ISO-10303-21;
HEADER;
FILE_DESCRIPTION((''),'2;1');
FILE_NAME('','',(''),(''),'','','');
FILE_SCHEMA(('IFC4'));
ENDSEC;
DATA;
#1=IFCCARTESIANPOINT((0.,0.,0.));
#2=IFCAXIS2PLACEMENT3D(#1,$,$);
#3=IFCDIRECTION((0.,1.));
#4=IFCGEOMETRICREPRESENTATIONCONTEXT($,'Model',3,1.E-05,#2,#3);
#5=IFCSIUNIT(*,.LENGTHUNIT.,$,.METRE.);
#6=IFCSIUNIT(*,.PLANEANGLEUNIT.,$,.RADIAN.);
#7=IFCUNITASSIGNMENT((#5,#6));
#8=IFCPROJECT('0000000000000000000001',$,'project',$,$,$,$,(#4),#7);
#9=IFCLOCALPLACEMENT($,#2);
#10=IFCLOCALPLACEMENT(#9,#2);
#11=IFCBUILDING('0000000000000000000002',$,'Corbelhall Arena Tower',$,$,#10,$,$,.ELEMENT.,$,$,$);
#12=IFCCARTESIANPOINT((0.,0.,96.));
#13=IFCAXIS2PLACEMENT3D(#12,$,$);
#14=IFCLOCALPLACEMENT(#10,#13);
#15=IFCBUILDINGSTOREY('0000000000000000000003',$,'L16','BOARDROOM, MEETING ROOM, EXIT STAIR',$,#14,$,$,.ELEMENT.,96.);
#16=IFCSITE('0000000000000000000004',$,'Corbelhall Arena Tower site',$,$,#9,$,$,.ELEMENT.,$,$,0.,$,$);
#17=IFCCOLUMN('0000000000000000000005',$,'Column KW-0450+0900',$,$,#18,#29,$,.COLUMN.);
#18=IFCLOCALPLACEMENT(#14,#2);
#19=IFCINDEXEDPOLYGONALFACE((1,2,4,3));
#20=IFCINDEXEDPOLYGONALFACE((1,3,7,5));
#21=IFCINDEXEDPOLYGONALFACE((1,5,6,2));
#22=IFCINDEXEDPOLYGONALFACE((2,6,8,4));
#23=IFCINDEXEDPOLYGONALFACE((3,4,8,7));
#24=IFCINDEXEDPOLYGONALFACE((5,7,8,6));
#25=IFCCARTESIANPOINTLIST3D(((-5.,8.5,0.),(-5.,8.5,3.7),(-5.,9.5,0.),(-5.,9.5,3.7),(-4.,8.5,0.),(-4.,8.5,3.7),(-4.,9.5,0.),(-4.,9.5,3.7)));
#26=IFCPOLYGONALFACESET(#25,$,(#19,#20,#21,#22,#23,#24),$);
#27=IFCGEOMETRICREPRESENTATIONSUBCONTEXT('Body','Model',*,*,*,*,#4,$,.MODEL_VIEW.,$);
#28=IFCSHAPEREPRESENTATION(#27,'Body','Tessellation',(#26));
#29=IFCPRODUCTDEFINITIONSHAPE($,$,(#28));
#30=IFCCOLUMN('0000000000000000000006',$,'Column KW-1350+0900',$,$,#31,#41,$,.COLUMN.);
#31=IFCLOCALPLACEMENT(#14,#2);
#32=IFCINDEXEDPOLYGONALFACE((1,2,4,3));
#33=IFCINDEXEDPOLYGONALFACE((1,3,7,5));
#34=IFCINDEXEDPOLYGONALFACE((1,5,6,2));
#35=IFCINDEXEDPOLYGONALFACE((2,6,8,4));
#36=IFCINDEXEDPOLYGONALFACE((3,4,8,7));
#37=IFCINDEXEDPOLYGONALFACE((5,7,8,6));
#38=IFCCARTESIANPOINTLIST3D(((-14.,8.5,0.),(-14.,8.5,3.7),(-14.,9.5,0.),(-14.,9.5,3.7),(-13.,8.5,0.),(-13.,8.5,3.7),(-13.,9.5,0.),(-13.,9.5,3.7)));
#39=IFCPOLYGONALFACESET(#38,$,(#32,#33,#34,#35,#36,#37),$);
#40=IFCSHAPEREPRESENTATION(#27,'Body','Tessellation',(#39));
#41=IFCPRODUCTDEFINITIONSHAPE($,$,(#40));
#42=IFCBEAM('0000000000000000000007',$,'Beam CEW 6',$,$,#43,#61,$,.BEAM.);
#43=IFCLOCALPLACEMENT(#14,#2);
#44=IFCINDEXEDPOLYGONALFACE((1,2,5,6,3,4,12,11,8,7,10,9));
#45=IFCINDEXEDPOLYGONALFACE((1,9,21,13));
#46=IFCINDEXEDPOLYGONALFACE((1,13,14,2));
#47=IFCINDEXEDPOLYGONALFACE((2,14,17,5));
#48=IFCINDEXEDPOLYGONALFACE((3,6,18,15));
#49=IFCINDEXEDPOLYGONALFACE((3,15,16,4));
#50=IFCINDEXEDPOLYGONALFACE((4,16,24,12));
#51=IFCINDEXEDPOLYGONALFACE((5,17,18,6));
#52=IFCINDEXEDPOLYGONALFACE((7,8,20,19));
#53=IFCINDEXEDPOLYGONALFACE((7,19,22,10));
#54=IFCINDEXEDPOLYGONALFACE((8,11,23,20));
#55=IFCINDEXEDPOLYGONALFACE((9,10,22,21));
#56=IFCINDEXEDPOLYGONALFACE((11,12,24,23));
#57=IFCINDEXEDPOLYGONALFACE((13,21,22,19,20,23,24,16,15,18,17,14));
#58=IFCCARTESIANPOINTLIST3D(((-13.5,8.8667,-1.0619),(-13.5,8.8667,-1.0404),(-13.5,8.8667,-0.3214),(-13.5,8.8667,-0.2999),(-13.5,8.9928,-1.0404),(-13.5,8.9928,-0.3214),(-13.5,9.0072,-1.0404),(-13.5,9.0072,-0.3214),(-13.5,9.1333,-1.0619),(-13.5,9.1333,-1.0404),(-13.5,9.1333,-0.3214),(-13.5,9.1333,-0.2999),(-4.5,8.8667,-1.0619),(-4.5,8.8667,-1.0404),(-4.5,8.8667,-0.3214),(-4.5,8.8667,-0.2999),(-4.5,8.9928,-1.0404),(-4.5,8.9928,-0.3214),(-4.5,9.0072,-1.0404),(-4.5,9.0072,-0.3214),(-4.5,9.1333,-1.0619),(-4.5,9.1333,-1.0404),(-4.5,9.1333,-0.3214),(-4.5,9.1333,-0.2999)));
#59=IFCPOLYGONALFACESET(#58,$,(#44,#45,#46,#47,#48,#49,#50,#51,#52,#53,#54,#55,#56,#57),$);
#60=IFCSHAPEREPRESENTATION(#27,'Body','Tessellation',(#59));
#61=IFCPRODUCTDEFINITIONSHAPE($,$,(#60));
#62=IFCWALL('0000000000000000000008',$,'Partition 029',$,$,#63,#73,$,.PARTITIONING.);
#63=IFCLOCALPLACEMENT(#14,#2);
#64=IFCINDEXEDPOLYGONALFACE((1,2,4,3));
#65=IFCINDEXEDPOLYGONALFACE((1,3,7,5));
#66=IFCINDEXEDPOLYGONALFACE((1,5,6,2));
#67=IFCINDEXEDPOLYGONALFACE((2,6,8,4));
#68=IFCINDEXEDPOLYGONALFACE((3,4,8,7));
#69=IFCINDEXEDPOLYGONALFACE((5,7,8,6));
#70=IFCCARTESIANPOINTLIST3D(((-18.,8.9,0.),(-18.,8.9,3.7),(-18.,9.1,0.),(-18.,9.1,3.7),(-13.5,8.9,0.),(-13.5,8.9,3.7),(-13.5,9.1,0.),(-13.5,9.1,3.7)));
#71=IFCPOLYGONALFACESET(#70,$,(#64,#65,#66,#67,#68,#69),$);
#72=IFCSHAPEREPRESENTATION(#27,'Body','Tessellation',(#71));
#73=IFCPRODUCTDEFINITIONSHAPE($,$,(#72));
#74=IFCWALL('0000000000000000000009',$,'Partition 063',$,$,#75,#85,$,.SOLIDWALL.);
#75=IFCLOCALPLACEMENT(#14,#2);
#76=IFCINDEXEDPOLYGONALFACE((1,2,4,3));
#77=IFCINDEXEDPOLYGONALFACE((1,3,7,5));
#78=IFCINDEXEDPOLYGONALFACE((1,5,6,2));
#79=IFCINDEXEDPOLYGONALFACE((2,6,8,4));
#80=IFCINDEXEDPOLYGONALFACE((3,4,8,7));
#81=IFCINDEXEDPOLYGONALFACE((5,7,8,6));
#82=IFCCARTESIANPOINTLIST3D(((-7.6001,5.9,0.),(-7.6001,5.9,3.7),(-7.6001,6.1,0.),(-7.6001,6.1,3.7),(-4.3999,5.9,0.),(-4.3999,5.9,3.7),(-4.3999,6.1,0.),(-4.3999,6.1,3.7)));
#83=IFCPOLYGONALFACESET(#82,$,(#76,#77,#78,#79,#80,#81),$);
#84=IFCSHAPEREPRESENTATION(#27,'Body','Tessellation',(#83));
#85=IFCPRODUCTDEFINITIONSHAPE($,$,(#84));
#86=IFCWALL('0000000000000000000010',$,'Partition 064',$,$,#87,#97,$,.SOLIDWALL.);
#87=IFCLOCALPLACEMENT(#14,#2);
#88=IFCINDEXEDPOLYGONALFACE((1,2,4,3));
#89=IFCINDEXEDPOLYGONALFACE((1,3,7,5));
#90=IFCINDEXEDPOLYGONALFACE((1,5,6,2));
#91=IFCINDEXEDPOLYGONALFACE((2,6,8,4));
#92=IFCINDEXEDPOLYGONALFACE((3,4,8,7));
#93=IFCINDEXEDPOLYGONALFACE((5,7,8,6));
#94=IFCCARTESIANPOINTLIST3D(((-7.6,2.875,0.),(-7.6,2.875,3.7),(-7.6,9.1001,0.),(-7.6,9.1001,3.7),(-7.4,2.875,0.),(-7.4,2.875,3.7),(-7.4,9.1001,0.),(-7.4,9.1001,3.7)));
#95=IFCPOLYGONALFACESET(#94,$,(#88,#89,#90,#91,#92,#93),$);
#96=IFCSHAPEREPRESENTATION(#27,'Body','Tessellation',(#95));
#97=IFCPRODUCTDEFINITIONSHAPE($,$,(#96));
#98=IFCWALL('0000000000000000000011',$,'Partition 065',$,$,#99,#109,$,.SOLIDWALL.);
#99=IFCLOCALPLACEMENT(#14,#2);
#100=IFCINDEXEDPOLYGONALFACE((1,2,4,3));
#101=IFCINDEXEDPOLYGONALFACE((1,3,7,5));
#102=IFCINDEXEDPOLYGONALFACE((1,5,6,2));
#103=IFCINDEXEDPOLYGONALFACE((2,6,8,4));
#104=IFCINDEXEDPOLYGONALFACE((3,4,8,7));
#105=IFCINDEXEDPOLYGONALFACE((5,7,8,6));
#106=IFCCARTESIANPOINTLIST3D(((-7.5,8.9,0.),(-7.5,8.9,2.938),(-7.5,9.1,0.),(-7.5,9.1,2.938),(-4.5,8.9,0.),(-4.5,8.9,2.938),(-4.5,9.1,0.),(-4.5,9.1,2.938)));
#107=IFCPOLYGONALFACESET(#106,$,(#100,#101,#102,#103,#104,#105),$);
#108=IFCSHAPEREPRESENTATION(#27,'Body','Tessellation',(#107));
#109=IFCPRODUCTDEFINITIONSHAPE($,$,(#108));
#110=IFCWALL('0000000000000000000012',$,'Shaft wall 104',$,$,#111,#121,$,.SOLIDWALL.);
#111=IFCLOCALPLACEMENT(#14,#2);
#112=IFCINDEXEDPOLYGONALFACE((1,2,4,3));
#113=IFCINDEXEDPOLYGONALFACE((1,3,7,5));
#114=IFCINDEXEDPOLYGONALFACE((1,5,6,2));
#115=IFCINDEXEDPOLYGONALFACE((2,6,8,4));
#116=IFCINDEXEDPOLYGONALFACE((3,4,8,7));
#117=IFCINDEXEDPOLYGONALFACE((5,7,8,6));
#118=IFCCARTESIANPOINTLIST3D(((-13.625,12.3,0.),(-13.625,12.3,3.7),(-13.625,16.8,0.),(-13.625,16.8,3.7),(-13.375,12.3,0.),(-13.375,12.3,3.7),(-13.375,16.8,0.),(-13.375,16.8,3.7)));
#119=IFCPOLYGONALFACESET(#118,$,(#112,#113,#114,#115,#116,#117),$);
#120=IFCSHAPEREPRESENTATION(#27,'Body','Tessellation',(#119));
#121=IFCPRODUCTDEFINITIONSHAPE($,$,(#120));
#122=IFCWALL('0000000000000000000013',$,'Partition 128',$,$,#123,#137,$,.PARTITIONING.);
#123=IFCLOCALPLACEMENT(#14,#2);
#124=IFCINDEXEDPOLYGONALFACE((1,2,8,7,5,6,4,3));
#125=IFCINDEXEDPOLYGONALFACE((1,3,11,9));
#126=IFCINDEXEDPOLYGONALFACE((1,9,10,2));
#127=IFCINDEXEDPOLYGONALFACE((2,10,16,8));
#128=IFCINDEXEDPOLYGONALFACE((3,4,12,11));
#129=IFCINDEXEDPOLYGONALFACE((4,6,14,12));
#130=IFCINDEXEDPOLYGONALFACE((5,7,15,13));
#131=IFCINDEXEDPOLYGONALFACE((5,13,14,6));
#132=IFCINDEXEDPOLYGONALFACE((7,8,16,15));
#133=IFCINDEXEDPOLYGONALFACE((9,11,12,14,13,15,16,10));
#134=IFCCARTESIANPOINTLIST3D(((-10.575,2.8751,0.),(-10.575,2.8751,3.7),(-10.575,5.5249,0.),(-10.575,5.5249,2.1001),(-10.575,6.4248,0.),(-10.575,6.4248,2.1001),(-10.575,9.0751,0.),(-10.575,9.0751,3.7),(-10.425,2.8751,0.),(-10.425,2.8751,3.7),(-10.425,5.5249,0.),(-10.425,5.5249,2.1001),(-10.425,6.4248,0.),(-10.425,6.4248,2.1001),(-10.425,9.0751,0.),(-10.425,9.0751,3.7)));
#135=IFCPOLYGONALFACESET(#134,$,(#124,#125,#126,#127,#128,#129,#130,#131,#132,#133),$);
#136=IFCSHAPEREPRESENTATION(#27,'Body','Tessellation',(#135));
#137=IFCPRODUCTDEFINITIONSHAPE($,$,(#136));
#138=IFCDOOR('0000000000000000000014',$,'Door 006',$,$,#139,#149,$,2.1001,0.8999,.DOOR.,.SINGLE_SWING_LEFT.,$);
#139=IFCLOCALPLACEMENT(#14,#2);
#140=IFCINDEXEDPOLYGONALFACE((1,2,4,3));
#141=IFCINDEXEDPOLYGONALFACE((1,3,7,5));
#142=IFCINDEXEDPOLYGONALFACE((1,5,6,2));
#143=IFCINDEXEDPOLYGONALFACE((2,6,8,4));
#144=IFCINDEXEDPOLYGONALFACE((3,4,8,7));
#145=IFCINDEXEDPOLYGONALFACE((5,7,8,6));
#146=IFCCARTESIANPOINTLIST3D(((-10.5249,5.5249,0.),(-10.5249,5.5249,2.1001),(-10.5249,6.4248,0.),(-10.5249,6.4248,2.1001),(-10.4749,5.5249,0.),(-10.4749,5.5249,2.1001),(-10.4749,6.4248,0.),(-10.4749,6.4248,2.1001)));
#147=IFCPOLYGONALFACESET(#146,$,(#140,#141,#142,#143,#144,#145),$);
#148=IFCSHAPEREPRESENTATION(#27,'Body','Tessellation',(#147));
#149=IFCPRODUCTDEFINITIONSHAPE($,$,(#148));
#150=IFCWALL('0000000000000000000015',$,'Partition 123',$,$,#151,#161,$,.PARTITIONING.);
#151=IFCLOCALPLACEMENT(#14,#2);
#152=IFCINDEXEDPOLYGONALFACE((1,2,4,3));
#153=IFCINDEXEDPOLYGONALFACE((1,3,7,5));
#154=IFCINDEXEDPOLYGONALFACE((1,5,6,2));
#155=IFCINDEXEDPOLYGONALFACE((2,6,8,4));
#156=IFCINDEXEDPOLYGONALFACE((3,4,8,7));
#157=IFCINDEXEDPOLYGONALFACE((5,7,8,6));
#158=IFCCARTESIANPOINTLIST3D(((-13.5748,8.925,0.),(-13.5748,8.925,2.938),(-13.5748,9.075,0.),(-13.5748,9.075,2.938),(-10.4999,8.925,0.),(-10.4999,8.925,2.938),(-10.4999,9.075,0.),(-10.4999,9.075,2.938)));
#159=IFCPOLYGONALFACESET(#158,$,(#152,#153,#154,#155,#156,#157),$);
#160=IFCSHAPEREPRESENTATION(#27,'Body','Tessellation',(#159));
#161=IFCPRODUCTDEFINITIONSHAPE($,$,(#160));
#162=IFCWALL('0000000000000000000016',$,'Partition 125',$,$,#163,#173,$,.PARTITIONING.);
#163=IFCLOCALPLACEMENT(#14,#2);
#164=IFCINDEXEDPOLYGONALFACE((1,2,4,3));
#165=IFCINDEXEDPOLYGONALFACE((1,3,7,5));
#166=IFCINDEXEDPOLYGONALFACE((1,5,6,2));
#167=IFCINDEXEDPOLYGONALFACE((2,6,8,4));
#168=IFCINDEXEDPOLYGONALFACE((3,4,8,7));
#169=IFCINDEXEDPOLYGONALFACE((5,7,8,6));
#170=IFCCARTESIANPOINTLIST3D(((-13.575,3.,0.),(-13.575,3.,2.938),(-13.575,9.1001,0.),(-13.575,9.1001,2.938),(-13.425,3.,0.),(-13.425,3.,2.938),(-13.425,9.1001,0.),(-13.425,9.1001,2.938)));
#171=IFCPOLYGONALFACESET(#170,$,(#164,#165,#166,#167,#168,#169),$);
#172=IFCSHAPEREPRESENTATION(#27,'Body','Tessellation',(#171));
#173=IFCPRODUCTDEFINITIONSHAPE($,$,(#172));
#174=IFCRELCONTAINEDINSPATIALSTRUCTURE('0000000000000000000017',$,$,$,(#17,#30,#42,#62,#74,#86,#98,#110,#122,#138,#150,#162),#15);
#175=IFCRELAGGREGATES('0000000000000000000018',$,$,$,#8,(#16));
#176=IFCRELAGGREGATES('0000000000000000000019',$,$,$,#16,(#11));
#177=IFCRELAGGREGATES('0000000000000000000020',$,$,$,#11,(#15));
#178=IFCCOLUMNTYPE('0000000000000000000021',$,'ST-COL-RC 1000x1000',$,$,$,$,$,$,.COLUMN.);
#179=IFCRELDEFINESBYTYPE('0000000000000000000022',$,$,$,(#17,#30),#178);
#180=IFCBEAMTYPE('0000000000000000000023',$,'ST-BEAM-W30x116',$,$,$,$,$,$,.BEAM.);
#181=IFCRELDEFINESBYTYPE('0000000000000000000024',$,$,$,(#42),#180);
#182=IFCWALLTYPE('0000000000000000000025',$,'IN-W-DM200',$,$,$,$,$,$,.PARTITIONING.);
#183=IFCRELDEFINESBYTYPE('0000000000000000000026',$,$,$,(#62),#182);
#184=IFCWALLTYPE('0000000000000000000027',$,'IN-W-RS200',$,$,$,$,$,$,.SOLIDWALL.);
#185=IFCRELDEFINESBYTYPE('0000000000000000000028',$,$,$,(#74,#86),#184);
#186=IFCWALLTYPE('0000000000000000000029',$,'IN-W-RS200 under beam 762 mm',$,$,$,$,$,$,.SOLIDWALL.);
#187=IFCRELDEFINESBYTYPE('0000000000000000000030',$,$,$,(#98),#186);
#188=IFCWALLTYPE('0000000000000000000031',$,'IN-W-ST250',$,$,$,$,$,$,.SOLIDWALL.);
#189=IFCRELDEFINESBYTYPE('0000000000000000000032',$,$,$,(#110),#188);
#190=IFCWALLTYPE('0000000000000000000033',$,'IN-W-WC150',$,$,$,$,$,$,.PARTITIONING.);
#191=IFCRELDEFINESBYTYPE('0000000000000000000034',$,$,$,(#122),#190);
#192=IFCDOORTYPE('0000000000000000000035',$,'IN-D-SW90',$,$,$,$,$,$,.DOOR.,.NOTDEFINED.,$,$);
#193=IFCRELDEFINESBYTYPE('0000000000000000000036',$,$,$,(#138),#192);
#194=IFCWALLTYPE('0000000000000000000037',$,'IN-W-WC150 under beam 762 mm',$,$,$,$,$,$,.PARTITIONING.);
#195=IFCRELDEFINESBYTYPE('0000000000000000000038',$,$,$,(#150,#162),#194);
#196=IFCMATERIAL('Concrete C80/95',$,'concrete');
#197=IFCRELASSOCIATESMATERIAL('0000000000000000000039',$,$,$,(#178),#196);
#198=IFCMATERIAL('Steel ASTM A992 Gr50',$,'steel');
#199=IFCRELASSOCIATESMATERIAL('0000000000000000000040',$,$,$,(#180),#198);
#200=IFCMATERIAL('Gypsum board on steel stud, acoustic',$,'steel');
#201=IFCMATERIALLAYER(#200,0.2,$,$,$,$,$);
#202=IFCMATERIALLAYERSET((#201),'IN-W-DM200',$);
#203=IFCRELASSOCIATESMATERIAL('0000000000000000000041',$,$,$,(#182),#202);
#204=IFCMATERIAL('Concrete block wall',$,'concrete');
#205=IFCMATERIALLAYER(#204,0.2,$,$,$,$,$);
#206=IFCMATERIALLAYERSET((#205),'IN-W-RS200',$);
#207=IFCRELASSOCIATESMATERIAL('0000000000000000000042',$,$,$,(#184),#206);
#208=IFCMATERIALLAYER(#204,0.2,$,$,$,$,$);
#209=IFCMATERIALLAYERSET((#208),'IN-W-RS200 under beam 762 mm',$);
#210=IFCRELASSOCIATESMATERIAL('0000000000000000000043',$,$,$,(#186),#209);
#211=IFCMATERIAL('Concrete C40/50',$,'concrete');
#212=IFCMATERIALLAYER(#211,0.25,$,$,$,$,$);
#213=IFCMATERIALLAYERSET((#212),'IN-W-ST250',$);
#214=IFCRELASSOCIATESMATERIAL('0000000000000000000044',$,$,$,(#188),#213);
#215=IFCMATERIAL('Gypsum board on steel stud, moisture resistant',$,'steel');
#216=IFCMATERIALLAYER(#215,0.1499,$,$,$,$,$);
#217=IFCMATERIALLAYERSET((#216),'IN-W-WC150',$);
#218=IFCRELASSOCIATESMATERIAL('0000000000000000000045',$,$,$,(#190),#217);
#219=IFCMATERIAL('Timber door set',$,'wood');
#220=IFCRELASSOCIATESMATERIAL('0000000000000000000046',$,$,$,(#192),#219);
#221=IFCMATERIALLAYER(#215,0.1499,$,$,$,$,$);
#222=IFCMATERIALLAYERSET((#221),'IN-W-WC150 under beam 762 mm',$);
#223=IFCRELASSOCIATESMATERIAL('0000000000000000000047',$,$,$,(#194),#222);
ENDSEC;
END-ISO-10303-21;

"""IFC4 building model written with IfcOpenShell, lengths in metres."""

from ifc_helpers import new_model, si_unit, direction, frame, frame_2d, origin, origin_2d, place, context, subcontext, project, spatial, rectangle, i_section, extrude, material, layer, layer_set, material_profile, profile_set, type_object, element, fill, save


model = new_model("IFC4")

# Units and contexts
model_context = context("Model", 3, precision=1e-05, world=origin(), true_north=direction((0.0, 1.0)))
body_context = subcontext(model_context, "Body", "Model", "MODEL_VIEW")
ifc_project = project(units=[si_unit("LENGTHUNIT", "METRE"), si_unit("PLANEANGLEUNIT", "RADIAN")], contexts=[model_context])

# Site, building, storey
site_placement = place(None, origin())
site = spatial("IfcSite", under=ifc_project, at=site_placement, Name="Corbelhall Arena Tower site", CompositionType="ELEMENT", RefElevation=0.0)
building_placement = place(site_placement, origin())
building = spatial("IfcBuilding", under=site, at=building_placement, Name="Corbelhall Arena Tower", CompositionType="ELEMENT")
storey_placement = place(building_placement, frame((0.0, 0.0, 96.0)))
storey = spatial("IfcBuildingStorey", under=building, at=storey_placement, Name="L16", Description="BOARDROOM, MEETING ROOM, EXIT STAIR", CompositionType="ELEMENT", Elevation=96.0)

# Columns
ifc_material_1 = material(Name="Concrete C80/95", Category="concrete")
ifc_material_profile_1 = material_profile(ifc_material_1, rectangle(XDim=1.0, YDim=1.0, at=origin_2d()))
ifc_profile_set_1 = profile_set([ifc_material_profile_1], Name="Concrete C80/95")
column_type = type_object("IfcColumnType", Name="ST-COL-RC 1000x1000", PredefinedType="COLUMN", material=ifc_profile_set_1)
for number, where, z_axis, x_axis, name in (
    (1, (-4.5, 9.0, 0.0), (0.0, 0.0, 1.0), (1.0, 0.0, 0.0), "Column KW-0450+0900"),
    (2, (-13.5, 9.0, 0.0), (0.0, 0.0, 1.0), (1.0, 0.0, 0.0), "Column KW-1350+0900"),
):
    element("IfcColumn", number, at=place(storey_placement, frame(where, z_axis=z_axis, x_axis=x_axis)), inside=storey, type_object=column_type, Name=name, PredefinedType="COLUMN", context=body_context, shape_type="SweptSolid", body=[
        extrude(rectangle(XDim=1.0, YDim=1.0, at=origin_2d()), origin(), (0.0, 0.0, 1.0), 3.7),
    ])

# Beam
ifc_material_2 = material(Name="Steel ASTM A992 Gr50", Category="steel")
ifc_material_profile_2 = material_profile(ifc_material_2, i_section(OverallWidth=0.2666, OverallDepth=0.762, WebThickness=0.0144, FlangeThickness=0.0215, at=origin_2d()))
ifc_profile_set_2 = profile_set([ifc_material_profile_2], Name="Steel ASTM A992 Gr50")
beam_type = type_object("IfcBeamType", Name="ST-BEAM-W30x116", PredefinedType="BEAM", material=ifc_profile_set_2)
beam_placement = place(storey_placement, frame((-13.5, 9.0, -0.6809), z_axis=(1.0, 0.0, 0.0), x_axis=(0.0, 1.0, 0.0)))
element("IfcBeam", 3, at=beam_placement, inside=storey, type_object=beam_type, Name="Beam CEW 6", PredefinedType="BEAM", context=body_context, shape_type="SweptSolid", body=[
    extrude(i_section(OverallWidth=0.2666, OverallDepth=0.762, WebThickness=0.0144, FlangeThickness=0.0215, at=origin_2d()), origin(), (0.0, 0.0, 1.0), 9.0),
])

# Walls
ifc_material_3 = material(Name="Gypsum board on steel stud, acoustic", Category="steel")
ifc_layer_1 = layer(ifc_material_3, 0.2)
ifc_layer_set_1 = layer_set([ifc_layer_1], Name="IN-W-DM200")
wall_type_1 = type_object("IfcWallType", Name="IN-W-DM200", PredefinedType="PARTITIONING", material=ifc_layer_set_1)
wall_1_placement = place(storey_placement, frame((-13.5, 9.0, 0.0), z_axis=(0.0, 0.0, 1.0), x_axis=(-1.0, 0.0, 0.0)))
element("IfcWall", 4, at=wall_1_placement, inside=storey, type_object=wall_type_1, Name="Partition 029", PredefinedType="PARTITIONING", context=body_context, shape_type="SweptSolid", body=[
    extrude(rectangle(XDim=4.5, YDim=0.2, at=frame_2d((2.25, 0.0))), origin(), (0.0, 0.0, 1.0), 3.7),
])
ifc_material_4 = material(Name="Concrete block wall", Category="concrete")
ifc_layer_2 = layer(ifc_material_4, 0.2)
ifc_layer_set_2 = layer_set([ifc_layer_2], Name="IN-W-RS200")
wall_type_2 = type_object("IfcWallType", Name="IN-W-RS200", PredefinedType="SOLIDWALL", material=ifc_layer_set_2)
wall_2_placement = place(storey_placement, frame((-7.6001, 6.0, 0.0), z_axis=(0.0, 0.0, 1.0), x_axis=(1.0, 0.0, 0.0)))
element("IfcWall", 5, at=wall_2_placement, inside=storey, type_object=wall_type_2, Name="Partition 063", PredefinedType="SOLIDWALL", context=body_context, shape_type="SweptSolid", body=[
    extrude(rectangle(XDim=3.2002, YDim=0.2, at=frame_2d((1.6001, 0.0))), origin(), (0.0, 0.0, 1.0), 3.7),
])
wall_3_placement = place(storey_placement, frame((-7.5, 2.875, 0.0), z_axis=(0.0, 0.0, 1.0), x_axis=(0.0, 1.0, 0.0)))
element("IfcWall", 6, at=wall_3_placement, inside=storey, type_object=wall_type_2, Name="Partition 064", PredefinedType="SOLIDWALL", context=body_context, shape_type="SweptSolid", body=[
    extrude(rectangle(XDim=6.2251, YDim=0.2, at=frame_2d((3.1125, 0.0))), origin(), (0.0, 0.0, 1.0), 3.7),
])
ifc_layer_3 = layer(ifc_material_4, 0.2)
ifc_layer_set_3 = layer_set([ifc_layer_3], Name="IN-W-RS200 under beam 762 mm")
wall_type_3 = type_object("IfcWallType", Name="IN-W-RS200 under beam 762 mm", PredefinedType="SOLIDWALL", material=ifc_layer_set_3)
wall_4_placement = place(storey_placement, frame((-7.5, 9.0, 0.0), z_axis=(0.0, 0.0, 1.0), x_axis=(1.0, 0.0, 0.0)))
element("IfcWall", 7, at=wall_4_placement, inside=storey, type_object=wall_type_3, Name="Partition 065", PredefinedType="SOLIDWALL", context=body_context, shape_type="SweptSolid", body=[
    extrude(rectangle(XDim=3.0, YDim=0.2, at=frame_2d((1.5, 0.0))), origin(), (0.0, 0.0, 1.0), 2.938),
])

# Wall
ifc_material_5 = material(Name="Concrete C40/50", Category="concrete")
ifc_layer_4 = layer(ifc_material_5, 0.25)
ifc_layer_set_4 = layer_set([ifc_layer_4], Name="IN-W-ST250")
wall_type_4 = type_object("IfcWallType", Name="IN-W-ST250", PredefinedType="SOLIDWALL", material=ifc_layer_set_4)
wall_5_placement = place(storey_placement, frame((-13.5, 12.3, 0.0), z_axis=(0.0, 0.0, 1.0), x_axis=(0.0, 1.0, 0.0)))
element("IfcWall", 8, at=wall_5_placement, inside=storey, type_object=wall_type_4, Name="Shaft wall 104", PredefinedType="SOLIDWALL", context=body_context, shape_type="SweptSolid", body=[
    extrude(rectangle(XDim=4.5, YDim=0.25, at=frame_2d((2.25, 0.0))), origin(), (0.0, 0.0, 1.0), 3.7),
])

# Wall, opening, door
ifc_material_6 = material(Name="Gypsum board on steel stud, moisture resistant", Category="steel")
ifc_layer_5 = layer(ifc_material_6, 0.1499)
ifc_layer_set_5 = layer_set([ifc_layer_5], Name="IN-W-WC150")
wall_type_5 = type_object("IfcWallType", Name="IN-W-WC150", PredefinedType="PARTITIONING", material=ifc_layer_set_5)
wall_6_placement = place(storey_placement, frame((-10.5, 2.875, 0.0), z_axis=(0.0, 0.0, 1.0), x_axis=(0.0, 1.0, 0.0)))
wall_6 = element("IfcWall", 9, at=wall_6_placement, inside=storey, type_object=wall_type_5, Name="Partition 128", PredefinedType="PARTITIONING", context=body_context, shape_type="SweptSolid", body=[
    extrude(rectangle(XDim=6.2, YDim=0.1499, at=frame_2d((3.1001, 0.0))), origin(), (0.0, 0.0, 1.0), 3.7),
])
opening_1_placement = place(wall_6_placement, frame((2.6499, 0.0, 0.0)))
opening_1 = element("IfcOpeningElement", 10, at=opening_1_placement, cuts=wall_6, PredefinedType="OPENING", context=body_context, shape_type="SweptSolid", body=[
    extrude(rectangle(XDim=0.8999, YDim=2.1001, at=frame_2d((0.45, 1.05))), frame((0.0, 0.075, 0.0), z_axis=(0.0, -1.0, 0.0), x_axis=(1.0, 0.0, 0.0)), (0.0, 0.0, 1.0), 0.1499),
])
ifc_material_7 = material(Name="Timber door set", Category="wood")
door_type_1 = type_object("IfcDoorType", Name="IN-D-SW90", OperationType="NOTDEFINED", PredefinedType="DOOR", material=ifc_material_7)
door_1_placement = place(opening_1_placement, origin())
door_1 = element("IfcDoor", 11, at=door_1_placement, inside=storey, type_object=door_type_1, Name="Door 006", OperationType="SINGLE_SWING_LEFT", OverallHeight=2.1001, OverallWidth=0.8999, PredefinedType="DOOR", context=body_context, shape_type="SweptSolid", body=[
    extrude(rectangle(XDim=0.8999, YDim=2.1001, at=frame_2d((0.45, 1.05))), frame((0.0, 0.0249, 0.0), z_axis=(0.0, -1.0, 0.0), x_axis=(1.0, 0.0, 0.0)), (0.0, 0.0, 1.0), 0.05),
])
fill(opening_1, door_1)

# Walls
ifc_layer_6 = layer(ifc_material_6, 0.1499)
ifc_layer_set_6 = layer_set([ifc_layer_6], Name="IN-W-WC150 under beam 762 mm")
wall_type_6 = type_object("IfcWallType", Name="IN-W-WC150 under beam 762 mm", PredefinedType="PARTITIONING", material=ifc_layer_set_6)
wall_7_placement = place(storey_placement, frame((-13.575, 9.0, 0.0), z_axis=(0.0, 0.0, 1.0), x_axis=(1.0, 0.0, 0.0)))
element("IfcWall", 12, at=wall_7_placement, inside=storey, type_object=wall_type_6, Name="Partition 123", PredefinedType="PARTITIONING", context=body_context, shape_type="SweptSolid", body=[
    extrude(rectangle(XDim=3.075, YDim=0.1499, at=frame_2d((1.5376, 0.0))), origin(), (0.0, 0.0, 1.0), 2.938),
])
wall_8_placement = place(storey_placement, frame((-13.5, 3.0, 0.0), z_axis=(0.0, 0.0, 1.0), x_axis=(0.0, 1.0, 0.0)))
element("IfcWall", 13, at=wall_8_placement, inside=storey, type_object=wall_type_6, Name="Partition 125", PredefinedType="PARTITIONING", context=body_context, shape_type="SweptSolid", body=[
    extrude(rectangle(XDim=6.1001, YDim=0.1499, at=frame_2d((3.05, 0.0))), origin(), (0.0, 0.0, 1.0), 2.938),
])

save(model, "model.ifc")
